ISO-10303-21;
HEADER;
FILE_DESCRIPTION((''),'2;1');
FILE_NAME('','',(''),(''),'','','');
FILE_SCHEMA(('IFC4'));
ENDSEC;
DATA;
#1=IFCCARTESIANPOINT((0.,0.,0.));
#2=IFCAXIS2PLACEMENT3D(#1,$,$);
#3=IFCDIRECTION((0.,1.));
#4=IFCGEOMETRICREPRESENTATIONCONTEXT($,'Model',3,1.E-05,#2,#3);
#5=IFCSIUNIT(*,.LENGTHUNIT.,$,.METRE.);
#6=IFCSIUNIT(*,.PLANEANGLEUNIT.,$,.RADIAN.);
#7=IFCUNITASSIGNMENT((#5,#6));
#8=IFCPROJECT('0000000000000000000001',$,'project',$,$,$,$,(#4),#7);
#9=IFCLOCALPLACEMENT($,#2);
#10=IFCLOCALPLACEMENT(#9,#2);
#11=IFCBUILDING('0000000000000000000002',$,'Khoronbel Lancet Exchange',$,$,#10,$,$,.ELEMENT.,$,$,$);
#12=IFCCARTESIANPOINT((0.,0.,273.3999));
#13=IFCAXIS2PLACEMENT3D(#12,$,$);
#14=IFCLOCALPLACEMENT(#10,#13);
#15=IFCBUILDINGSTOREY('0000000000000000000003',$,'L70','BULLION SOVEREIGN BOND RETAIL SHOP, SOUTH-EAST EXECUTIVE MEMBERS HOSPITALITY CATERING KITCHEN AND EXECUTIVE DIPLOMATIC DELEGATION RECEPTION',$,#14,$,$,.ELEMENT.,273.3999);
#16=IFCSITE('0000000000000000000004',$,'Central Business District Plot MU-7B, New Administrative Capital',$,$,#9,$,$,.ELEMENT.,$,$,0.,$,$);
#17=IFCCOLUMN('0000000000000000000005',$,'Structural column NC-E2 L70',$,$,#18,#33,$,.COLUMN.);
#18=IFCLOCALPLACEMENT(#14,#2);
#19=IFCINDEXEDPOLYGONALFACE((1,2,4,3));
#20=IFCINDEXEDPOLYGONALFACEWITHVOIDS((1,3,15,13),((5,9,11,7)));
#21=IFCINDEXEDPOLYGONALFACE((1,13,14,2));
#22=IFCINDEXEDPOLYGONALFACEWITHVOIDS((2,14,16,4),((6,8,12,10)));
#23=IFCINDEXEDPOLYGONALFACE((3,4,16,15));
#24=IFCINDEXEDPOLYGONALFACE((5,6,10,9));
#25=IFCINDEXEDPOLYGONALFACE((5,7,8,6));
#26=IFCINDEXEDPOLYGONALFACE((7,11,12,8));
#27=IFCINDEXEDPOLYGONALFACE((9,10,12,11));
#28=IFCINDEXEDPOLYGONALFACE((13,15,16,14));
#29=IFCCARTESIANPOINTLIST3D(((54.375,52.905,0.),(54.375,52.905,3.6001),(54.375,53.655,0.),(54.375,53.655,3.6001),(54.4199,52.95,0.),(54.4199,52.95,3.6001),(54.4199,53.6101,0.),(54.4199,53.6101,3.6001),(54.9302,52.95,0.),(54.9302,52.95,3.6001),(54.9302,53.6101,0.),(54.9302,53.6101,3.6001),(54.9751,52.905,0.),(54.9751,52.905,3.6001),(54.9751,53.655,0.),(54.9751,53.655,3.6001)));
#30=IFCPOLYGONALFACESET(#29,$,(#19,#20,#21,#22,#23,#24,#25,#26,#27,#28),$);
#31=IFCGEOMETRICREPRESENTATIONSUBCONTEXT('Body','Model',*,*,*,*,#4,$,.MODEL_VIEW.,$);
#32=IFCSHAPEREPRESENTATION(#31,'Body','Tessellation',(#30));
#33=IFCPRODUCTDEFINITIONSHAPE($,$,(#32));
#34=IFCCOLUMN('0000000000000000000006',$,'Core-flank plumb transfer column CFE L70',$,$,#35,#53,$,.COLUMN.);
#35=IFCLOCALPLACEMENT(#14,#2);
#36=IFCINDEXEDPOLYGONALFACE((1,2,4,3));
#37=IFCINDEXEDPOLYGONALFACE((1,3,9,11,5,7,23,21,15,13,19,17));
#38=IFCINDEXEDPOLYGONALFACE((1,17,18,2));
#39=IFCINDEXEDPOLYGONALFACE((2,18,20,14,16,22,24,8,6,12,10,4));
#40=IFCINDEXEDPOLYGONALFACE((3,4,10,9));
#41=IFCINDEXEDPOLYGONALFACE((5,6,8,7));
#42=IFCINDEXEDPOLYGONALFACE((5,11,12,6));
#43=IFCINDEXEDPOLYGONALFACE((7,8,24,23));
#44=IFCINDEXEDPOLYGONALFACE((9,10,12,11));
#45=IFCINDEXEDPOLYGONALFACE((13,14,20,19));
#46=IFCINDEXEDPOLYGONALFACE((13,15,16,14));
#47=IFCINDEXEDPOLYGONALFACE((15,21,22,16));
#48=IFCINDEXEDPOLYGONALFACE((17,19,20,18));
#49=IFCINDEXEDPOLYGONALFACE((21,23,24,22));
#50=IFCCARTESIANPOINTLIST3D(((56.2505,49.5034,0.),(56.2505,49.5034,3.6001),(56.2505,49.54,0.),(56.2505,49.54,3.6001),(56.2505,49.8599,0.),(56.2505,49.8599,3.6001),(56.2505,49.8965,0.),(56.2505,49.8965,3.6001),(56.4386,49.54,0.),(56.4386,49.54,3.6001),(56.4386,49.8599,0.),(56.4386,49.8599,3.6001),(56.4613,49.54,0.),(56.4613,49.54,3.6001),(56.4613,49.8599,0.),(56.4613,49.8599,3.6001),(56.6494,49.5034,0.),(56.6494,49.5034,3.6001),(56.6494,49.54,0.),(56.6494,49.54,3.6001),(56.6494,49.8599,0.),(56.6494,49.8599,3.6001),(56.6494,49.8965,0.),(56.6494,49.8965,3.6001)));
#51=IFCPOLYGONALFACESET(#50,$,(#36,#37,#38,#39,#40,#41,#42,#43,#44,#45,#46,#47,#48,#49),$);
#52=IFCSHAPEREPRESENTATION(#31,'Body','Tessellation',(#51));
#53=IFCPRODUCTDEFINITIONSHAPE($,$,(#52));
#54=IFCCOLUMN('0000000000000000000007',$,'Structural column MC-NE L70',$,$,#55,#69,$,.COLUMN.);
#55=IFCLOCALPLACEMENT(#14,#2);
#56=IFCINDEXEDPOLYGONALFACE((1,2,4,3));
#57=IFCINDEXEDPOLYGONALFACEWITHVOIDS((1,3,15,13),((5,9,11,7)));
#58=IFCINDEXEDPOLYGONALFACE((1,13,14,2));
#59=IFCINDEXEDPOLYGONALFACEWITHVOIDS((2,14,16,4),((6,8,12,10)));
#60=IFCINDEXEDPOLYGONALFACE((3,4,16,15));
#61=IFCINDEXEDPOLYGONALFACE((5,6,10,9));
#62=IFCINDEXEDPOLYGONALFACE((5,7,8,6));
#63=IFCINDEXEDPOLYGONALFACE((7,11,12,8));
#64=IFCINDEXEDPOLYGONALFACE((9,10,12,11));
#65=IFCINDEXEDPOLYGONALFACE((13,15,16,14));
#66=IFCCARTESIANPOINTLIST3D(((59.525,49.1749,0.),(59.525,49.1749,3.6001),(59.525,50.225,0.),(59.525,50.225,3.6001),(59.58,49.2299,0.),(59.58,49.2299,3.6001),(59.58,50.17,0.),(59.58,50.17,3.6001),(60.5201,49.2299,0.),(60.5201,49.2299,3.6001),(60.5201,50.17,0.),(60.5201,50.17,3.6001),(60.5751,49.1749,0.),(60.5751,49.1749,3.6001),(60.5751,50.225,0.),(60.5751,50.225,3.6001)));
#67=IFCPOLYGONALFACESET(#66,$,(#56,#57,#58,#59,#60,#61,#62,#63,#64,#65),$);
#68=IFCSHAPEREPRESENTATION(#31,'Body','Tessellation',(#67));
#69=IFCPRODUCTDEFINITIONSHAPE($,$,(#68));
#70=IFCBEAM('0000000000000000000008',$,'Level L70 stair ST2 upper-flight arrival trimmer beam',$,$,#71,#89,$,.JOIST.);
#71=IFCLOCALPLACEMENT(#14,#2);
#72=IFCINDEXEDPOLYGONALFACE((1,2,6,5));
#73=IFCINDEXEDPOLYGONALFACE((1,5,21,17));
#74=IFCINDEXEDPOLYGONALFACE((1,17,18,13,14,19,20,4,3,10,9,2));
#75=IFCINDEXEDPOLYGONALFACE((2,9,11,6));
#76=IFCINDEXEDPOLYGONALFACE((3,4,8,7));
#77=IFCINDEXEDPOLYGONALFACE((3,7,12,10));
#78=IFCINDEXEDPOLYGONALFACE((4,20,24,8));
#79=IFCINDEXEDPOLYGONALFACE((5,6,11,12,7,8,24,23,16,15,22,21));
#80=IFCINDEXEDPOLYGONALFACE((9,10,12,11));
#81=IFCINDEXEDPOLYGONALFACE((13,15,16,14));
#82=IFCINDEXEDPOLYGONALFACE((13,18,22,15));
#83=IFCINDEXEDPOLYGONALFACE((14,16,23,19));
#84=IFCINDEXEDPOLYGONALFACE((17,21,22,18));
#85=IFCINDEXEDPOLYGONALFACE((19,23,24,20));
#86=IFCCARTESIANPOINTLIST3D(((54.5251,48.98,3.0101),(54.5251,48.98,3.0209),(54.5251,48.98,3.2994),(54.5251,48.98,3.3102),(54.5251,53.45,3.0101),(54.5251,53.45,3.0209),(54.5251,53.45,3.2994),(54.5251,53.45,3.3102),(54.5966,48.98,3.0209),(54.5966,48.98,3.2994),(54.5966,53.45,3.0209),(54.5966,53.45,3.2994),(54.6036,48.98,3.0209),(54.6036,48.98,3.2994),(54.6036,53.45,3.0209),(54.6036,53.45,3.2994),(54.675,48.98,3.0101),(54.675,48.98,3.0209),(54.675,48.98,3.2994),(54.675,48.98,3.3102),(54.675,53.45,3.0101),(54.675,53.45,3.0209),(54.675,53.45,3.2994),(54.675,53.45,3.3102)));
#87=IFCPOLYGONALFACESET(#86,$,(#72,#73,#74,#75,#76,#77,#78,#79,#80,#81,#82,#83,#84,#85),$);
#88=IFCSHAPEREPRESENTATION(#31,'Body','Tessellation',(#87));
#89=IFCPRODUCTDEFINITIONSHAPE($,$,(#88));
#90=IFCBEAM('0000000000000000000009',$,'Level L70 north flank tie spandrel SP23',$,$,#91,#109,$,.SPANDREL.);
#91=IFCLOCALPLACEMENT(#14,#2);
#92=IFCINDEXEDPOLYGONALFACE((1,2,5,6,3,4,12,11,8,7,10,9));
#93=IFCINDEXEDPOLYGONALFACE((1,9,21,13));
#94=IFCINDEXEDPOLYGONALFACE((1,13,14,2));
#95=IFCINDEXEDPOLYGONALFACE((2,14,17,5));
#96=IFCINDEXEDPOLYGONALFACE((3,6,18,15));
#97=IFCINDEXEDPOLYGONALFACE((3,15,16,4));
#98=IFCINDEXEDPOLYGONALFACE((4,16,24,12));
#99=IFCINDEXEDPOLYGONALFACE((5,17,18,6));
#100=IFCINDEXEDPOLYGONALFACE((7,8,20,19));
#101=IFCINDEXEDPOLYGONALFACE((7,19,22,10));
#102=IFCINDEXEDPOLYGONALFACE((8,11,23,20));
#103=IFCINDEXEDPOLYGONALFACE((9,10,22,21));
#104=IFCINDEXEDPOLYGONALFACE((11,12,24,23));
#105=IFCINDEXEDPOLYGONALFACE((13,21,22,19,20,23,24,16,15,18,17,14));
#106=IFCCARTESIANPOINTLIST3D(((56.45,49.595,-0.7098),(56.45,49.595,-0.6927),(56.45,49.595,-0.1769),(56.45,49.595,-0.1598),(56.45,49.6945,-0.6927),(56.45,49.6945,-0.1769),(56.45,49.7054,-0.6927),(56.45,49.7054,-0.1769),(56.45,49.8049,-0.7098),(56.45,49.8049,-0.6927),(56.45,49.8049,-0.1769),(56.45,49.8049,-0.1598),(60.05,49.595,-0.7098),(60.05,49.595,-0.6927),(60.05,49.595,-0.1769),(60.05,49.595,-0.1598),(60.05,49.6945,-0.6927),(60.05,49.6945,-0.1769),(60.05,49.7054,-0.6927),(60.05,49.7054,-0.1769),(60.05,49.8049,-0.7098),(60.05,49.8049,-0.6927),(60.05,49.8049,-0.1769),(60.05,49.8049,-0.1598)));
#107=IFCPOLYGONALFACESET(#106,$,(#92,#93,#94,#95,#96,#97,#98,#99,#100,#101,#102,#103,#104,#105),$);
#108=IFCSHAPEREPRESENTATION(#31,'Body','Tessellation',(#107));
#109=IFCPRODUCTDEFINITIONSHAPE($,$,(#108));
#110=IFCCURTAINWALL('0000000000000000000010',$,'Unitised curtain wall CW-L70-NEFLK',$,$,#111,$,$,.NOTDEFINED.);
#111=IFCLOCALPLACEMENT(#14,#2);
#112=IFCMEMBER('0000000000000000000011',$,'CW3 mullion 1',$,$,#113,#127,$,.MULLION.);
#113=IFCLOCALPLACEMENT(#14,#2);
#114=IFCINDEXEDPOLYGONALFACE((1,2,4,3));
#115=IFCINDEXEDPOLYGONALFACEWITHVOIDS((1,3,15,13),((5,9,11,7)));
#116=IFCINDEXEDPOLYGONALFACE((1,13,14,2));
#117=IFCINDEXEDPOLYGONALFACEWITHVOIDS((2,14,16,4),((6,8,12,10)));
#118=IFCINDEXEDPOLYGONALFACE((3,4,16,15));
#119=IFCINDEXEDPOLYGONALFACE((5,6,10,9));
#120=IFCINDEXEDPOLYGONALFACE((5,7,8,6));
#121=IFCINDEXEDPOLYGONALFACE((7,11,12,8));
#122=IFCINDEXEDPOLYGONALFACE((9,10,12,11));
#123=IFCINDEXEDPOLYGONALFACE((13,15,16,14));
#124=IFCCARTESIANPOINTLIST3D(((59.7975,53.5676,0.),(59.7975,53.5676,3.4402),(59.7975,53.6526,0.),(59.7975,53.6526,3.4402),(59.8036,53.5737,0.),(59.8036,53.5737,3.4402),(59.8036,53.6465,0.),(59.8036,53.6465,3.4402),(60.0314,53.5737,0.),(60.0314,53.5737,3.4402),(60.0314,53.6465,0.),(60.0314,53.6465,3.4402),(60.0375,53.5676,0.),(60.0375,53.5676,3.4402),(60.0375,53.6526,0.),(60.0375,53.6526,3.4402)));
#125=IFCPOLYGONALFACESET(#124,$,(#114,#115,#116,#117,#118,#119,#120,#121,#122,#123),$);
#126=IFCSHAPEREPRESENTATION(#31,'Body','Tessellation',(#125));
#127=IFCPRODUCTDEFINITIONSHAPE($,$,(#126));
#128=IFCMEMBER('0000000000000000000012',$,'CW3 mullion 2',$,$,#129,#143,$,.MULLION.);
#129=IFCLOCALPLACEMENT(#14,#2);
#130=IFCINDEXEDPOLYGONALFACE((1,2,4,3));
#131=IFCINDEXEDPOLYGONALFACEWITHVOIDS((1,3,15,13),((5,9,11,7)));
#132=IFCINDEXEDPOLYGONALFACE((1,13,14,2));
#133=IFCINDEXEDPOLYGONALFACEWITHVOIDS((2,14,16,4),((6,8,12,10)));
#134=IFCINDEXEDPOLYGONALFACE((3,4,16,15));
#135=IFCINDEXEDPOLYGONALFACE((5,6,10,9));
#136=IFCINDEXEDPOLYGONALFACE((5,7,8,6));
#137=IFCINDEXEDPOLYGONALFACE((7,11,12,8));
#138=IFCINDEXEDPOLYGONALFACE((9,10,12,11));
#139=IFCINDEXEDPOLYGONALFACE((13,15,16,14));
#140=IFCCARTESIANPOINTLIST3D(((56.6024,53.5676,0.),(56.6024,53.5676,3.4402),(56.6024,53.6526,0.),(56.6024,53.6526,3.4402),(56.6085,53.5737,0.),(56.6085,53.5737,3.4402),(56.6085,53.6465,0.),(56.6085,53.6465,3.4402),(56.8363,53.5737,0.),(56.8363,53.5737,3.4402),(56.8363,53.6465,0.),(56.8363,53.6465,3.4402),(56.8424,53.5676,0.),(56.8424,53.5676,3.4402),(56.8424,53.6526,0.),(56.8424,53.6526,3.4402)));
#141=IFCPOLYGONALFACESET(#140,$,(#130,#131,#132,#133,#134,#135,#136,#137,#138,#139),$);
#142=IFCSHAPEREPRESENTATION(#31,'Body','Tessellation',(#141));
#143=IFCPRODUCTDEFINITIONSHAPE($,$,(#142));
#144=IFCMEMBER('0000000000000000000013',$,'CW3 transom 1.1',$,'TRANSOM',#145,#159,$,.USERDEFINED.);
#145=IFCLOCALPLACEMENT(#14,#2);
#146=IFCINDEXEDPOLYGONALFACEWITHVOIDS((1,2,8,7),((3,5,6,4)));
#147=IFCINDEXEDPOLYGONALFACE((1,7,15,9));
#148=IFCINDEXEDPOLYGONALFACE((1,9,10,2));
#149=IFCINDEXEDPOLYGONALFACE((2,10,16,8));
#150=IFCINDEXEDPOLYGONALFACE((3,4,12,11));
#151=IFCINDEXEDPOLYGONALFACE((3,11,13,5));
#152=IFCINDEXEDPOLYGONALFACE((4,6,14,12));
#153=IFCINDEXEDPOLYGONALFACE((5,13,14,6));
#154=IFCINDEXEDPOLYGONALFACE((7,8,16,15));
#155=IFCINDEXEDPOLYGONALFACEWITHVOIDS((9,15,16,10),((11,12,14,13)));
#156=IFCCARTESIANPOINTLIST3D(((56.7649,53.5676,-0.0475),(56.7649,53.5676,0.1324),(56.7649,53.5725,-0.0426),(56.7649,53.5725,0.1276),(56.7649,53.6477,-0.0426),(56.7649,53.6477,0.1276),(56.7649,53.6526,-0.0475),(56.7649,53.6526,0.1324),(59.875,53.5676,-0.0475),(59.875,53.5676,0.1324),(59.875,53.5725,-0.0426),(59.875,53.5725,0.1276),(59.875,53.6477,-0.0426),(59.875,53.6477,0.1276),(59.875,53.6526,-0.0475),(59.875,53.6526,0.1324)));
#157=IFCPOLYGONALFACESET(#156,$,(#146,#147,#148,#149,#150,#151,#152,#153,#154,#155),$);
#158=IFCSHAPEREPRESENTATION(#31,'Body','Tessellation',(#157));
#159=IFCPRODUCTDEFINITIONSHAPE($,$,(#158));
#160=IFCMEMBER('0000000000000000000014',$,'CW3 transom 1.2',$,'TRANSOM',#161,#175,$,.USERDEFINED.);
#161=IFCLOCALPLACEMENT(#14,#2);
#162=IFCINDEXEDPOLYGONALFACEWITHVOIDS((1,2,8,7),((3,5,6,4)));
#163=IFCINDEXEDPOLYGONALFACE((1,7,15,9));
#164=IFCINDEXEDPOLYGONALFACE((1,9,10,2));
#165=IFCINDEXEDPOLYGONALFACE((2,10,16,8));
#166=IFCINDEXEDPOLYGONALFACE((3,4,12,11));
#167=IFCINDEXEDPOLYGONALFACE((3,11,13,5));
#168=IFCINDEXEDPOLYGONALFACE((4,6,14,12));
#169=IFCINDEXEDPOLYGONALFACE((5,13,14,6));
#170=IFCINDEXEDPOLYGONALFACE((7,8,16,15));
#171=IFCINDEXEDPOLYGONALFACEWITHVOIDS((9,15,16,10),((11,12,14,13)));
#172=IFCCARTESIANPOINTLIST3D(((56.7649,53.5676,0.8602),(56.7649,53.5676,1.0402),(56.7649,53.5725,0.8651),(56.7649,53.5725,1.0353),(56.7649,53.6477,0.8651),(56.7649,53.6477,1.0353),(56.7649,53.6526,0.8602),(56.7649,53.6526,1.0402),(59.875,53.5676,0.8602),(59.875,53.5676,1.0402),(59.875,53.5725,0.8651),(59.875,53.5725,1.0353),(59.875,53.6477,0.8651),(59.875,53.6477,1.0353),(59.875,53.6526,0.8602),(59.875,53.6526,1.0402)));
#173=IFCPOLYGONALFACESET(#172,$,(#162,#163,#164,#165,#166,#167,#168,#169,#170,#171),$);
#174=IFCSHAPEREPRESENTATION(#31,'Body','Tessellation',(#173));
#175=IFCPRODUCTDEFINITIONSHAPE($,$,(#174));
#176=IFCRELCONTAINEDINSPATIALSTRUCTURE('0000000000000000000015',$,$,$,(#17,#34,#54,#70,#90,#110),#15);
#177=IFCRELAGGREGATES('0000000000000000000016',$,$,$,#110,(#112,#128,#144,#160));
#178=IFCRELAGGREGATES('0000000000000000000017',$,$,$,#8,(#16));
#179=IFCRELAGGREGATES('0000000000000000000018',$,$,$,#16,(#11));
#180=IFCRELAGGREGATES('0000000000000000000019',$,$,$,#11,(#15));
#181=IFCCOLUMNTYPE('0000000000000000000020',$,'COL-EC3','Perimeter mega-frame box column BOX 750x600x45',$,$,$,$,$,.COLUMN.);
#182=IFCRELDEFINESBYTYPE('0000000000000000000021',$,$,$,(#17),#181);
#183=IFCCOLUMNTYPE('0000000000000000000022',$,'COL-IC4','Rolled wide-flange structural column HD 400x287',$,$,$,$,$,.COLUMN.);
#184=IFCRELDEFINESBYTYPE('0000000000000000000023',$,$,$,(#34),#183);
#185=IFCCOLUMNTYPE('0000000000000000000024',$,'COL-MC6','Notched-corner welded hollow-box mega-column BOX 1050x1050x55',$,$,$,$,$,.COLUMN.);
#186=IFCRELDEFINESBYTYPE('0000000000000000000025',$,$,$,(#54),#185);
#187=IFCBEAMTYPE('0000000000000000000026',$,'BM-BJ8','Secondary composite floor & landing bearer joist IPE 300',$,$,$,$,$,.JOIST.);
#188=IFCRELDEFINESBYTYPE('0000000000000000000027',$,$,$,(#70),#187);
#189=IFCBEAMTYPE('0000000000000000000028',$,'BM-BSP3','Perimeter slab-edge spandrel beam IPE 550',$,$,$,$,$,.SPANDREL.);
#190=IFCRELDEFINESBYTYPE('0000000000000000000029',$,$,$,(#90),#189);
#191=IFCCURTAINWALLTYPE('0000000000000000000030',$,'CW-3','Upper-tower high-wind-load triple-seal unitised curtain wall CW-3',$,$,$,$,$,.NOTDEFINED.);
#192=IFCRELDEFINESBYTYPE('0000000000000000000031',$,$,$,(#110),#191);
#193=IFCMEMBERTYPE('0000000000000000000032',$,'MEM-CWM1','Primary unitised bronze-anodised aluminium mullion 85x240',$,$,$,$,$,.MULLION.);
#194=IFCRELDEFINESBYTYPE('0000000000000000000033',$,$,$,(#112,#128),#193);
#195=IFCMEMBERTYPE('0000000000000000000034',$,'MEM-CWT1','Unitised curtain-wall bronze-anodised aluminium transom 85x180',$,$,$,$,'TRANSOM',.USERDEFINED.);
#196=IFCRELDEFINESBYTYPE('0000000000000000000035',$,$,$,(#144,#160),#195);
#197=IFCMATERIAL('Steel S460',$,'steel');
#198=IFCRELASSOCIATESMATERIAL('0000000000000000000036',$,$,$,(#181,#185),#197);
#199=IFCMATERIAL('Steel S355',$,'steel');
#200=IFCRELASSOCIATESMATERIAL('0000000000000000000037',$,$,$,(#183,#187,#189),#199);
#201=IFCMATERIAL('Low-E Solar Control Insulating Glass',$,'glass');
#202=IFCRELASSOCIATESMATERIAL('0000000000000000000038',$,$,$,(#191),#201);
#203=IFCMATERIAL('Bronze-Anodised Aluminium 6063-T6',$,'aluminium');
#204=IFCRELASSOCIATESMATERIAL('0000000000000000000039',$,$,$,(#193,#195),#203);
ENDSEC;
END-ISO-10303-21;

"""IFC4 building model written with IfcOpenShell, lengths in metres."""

from ifc_helpers import new_model, si_unit, direction, frame, origin, origin_2d, place, context, subcontext, project, spatial, hollow_rectangle, i_section, extrude, material, material_profile, profile_set, type_object, element, aggregate, save


model = new_model("IFC4")

# Units and contexts
model_context = context("Model", 3, precision=1e-05, world=origin(), true_north=direction((0.0, 1.0)))
body_context = subcontext(model_context, "Body", "Model", "MODEL_VIEW")
ifc_project = project(units=[si_unit("LENGTHUNIT", "METRE"), si_unit("PLANEANGLEUNIT", "RADIAN")], contexts=[model_context])

# Site, building, storey
site_placement = place(None, origin())
site = spatial("IfcSite", under=ifc_project, at=site_placement, Name="Central Business District Plot MU-7B, New Administrative Capital", CompositionType="ELEMENT", RefElevation=0.0)
building_placement = place(site_placement, origin())
building = spatial("IfcBuilding", under=site, at=building_placement, Name="Khoronbel Lancet Exchange", CompositionType="ELEMENT")
storey_placement = place(building_placement, frame((0.0, 0.0, 273.3999)))
storey = spatial("IfcBuildingStorey", under=building, at=storey_placement, Name="L70", Description="BULLION SOVEREIGN BOND RETAIL SHOP, SOUTH-EAST EXECUTIVE MEMBERS HOSPITALITY CATERING KITCHEN AND EXECUTIVE DIPLOMATIC DELEGATION RECEPTION", CompositionType="ELEMENT", Elevation=273.3999)

# Columns
ifc_material_1 = material(Name="Steel S460", Category="steel")
ifc_material_profile_1 = material_profile(ifc_material_1, hollow_rectangle(XDim=0.6001, YDim=0.75, WallThickness=0.0449, at=origin_2d()), Name="BOX 750x600x45")
ifc_profile_set_1 = profile_set([ifc_material_profile_1], Name="Steel S460")
column_type_1 = type_object("IfcColumnType", Name="COL-EC3", Description="Perimeter mega-frame box column BOX 750x600x45", PredefinedType="COLUMN", material=ifc_profile_set_1)
column_1_placement = place(storey_placement, frame((54.675, 53.28, 0.0), z_axis=(0.0, 0.0, 1.0), x_axis=(1.0, 0.0, 0.0)))
element("IfcColumn", 1, at=column_1_placement, inside=storey, type_object=column_type_1, Name="Structural column NC-E2 L70", PredefinedType="COLUMN", context=body_context, shape_type="SweptSolid", body=[
    extrude(hollow_rectangle(XDim=0.6001, YDim=0.75, WallThickness=0.0449, at=origin_2d()), origin(), (0.0, 0.0, 1.0), 3.6001),
])
ifc_material_2 = material(Name="Steel S355", Category="steel")
ifc_material_profile_2 = material_profile(ifc_material_2, i_section(OverallWidth=0.3989, OverallDepth=0.3931, WebThickness=0.0227, FlangeThickness=0.0366, at=origin_2d()), Name="HD 400x287")
ifc_profile_set_2 = profile_set([ifc_material_profile_2], Name="Steel S355")
column_type_2 = type_object("IfcColumnType", Name="COL-IC4", Description="Rolled wide-flange structural column HD 400x287", PredefinedType="COLUMN", material=ifc_profile_set_2)
column_2_placement = place(storey_placement, frame((56.45, 49.7, 0.0), z_axis=(0.0, 0.0, 1.0), x_axis=(1.0, 0.0, 0.0)))
element("IfcColumn", 2, at=column_2_placement, inside=storey, type_object=column_type_2, Name="Core-flank plumb transfer column CFE L70", PredefinedType="COLUMN", context=body_context, shape_type="SweptSolid", body=[
    extrude(i_section(OverallWidth=0.3989, OverallDepth=0.3931, WebThickness=0.0227, FlangeThickness=0.0366, at=origin_2d()), origin(), (0.0, 0.0, 1.0), 3.6001),
])
ifc_material_profile_3 = material_profile(ifc_material_1, hollow_rectangle(XDim=1.05, YDim=1.05, WallThickness=0.0549, at=origin_2d()), Name="BOX 1050x1050x55")
ifc_profile_set_3 = profile_set([ifc_material_profile_3], Name="Steel S460")
column_type_3 = type_object("IfcColumnType", Name="COL-MC6", Description="Notched-corner welded hollow-box mega-column BOX 1050x1050x55", PredefinedType="COLUMN", material=ifc_profile_set_3)
column_3_placement = place(storey_placement, frame((60.05, 49.7, 0.0), z_axis=(0.0, 0.0, 1.0), x_axis=(1.0, 0.0, 0.0)))
element("IfcColumn", 3, at=column_3_placement, inside=storey, type_object=column_type_3, Name="Structural column MC-NE L70", PredefinedType="COLUMN", context=body_context, shape_type="SweptSolid", body=[
    extrude(hollow_rectangle(XDim=1.05, YDim=1.05, WallThickness=0.0549, at=origin_2d()), origin(), (0.0, 0.0, 1.0), 3.6001),
])

# Beams
ifc_material_profile_4 = material_profile(ifc_material_2, i_section(OverallWidth=0.1499, OverallDepth=0.3, WebThickness=0.0071, FlangeThickness=0.0107, at=origin_2d()), Name="IPE 300")
ifc_profile_set_4 = profile_set([ifc_material_profile_4], Name="Steel S355")
beam_type_1 = type_object("IfcBeamType", Name="BM-BJ8", Description="Secondary composite floor & landing bearer joist IPE 300", PredefinedType="JOIST", material=ifc_profile_set_4)
beam_1_placement = place(storey_placement, frame((54.6001, 48.98, 3.1602), z_axis=(0.0, 1.0, 0.0), x_axis=(-1.0, 0.0, 0.0)))
element("IfcBeam", 4, at=beam_1_placement, inside=storey, type_object=beam_type_1, Name="Level L70 stair ST2 upper-flight arrival trimmer beam", PredefinedType="JOIST", context=body_context, shape_type="SweptSolid", body=[
    extrude(i_section(OverallWidth=0.1499, OverallDepth=0.3, WebThickness=0.0071, FlangeThickness=0.0107, at=origin_2d()), origin(), (0.0, 0.0, 1.0), 4.47),
])
ifc_material_profile_5 = material_profile(ifc_material_2, i_section(OverallWidth=0.21, OverallDepth=0.55, WebThickness=0.011, FlangeThickness=0.0171, at=origin_2d()), Name="IPE 550")
ifc_profile_set_5 = profile_set([ifc_material_profile_5], Name="Steel S355")
beam_type_2 = type_object("IfcBeamType", Name="BM-BSP3", Description="Perimeter slab-edge spandrel beam IPE 550", PredefinedType="SPANDREL", material=ifc_profile_set_5)
beam_2_placement = place(storey_placement, frame((60.05, 49.7, -0.4348), z_axis=(-1.0, 0.0, 0.0), x_axis=(0.0, -1.0, 0.0)))
element("IfcBeam", 5, at=beam_2_placement, inside=storey, type_object=beam_type_2, Name="Level L70 north flank tie spandrel SP23", PredefinedType="SPANDREL", context=body_context, shape_type="SweptSolid", body=[
    extrude(i_section(OverallWidth=0.21, OverallDepth=0.55, WebThickness=0.011, FlangeThickness=0.0171, at=origin_2d()), origin(), (0.0, 0.0, 1.0), 3.6001),
])

# Curtain wall, members
ifc_material_3 = material(Name="Low-E Solar Control Insulating Glass", Category="glass")
curtain_wall_type = type_object("IfcCurtainWallType", Name="CW-3", Description="Upper-tower high-wind-load triple-seal unitised curtain wall CW-3", PredefinedType="NOTDEFINED", material=ifc_material_3)
curtain_wall_placement = place(storey_placement, origin())
curtain_wall = element("IfcCurtainWall", 6, at=curtain_wall_placement, inside=storey, type_object=curtain_wall_type, Name="Unitised curtain wall CW-L70-NEFLK", PredefinedType="NOTDEFINED")
ifc_material_4 = material(Name="Bronze-Anodised Aluminium 6063-T6", Category="aluminium")
ifc_material_profile_6 = material_profile(ifc_material_4, hollow_rectangle(XDim=0.085, YDim=0.24, WallThickness=0.0061, at=origin_2d()), Name="ALU MULLION 85x240")
ifc_profile_set_6 = profile_set([ifc_material_profile_6], Name="Bronze-Anodised Aluminium 6063-T6")
member_type_1 = type_object("IfcMemberType", Name="MEM-CWM1", Description="Primary unitised bronze-anodised aluminium mullion 85x240", PredefinedType="MULLION", material=ifc_profile_set_6)
member_1_placement = place(storey_placement, frame((59.9175, 53.6101, 0.0), z_axis=(0.0, 0.0, 1.0), x_axis=(0.0, -1.0, 0.0)))
member_1 = element("IfcMember", 7, at=member_1_placement, type_object=member_type_1, Name="CW3 mullion 1", PredefinedType="MULLION", context=body_context, shape_type="SweptSolid", body=[
    extrude(hollow_rectangle(XDim=0.085, YDim=0.24, WallThickness=0.0061, at=origin_2d()), origin(), (0.0, 0.0, 1.0), 3.4402),
])
member_2_placement = place(storey_placement, frame((56.7224, 53.6101, 0.0), z_axis=(0.0, 0.0, 1.0), x_axis=(0.0, -1.0, 0.0)))
member_2 = element("IfcMember", 8, at=member_2_placement, type_object=member_type_1, Name="CW3 mullion 2", PredefinedType="MULLION", context=body_context, shape_type="SweptSolid", body=[
    extrude(hollow_rectangle(XDim=0.085, YDim=0.24, WallThickness=0.0061, at=origin_2d()), origin(), (0.0, 0.0, 1.0), 3.4402),
])
ifc_material_profile_7 = material_profile(ifc_material_4, hollow_rectangle(XDim=0.085, YDim=0.1799, WallThickness=0.0049, at=origin_2d()), Name="ALU TRANSOM 85x180")
ifc_profile_set_7 = profile_set([ifc_material_profile_7], Name="Bronze-Anodised Aluminium 6063-T6")
member_type_2 = type_object("IfcMemberType", Name="MEM-CWT1", Description="Unitised curtain-wall bronze-anodised aluminium transom 85x180", ElementType="TRANSOM", PredefinedType="USERDEFINED", material=ifc_profile_set_7)
member_3_placement = place(storey_placement, frame((59.875, 53.6101, 0.0425), z_axis=(-1.0, 0.0, 0.0), x_axis=(0.0, -1.0, 0.0)))
member_3 = element("IfcMember", 9, at=member_3_placement, type_object=member_type_2, Name="CW3 transom 1.1", ObjectType="TRANSOM", PredefinedType="USERDEFINED", context=body_context, shape_type="SweptSolid", body=[
    extrude(hollow_rectangle(XDim=0.085, YDim=0.1799, WallThickness=0.0049, at=origin_2d()), origin(), (0.0, 0.0, 1.0), 3.1101),
])
member_4_placement = place(storey_placement, frame((59.875, 53.6101, 0.9502), z_axis=(-1.0, 0.0, 0.0), x_axis=(0.0, -1.0, 0.0)))
member_4 = element("IfcMember", 10, at=member_4_placement, type_object=member_type_2, Name="CW3 transom 1.2", ObjectType="TRANSOM", PredefinedType="USERDEFINED", context=body_context, shape_type="SweptSolid", body=[
    extrude(hollow_rectangle(XDim=0.085, YDim=0.1799, WallThickness=0.0049, at=origin_2d()), origin(), (0.0, 0.0, 1.0), 3.1101),
])

aggregate(curtain_wall, [member_1, member_2, member_3, member_4])

save(model, "model.ifc")
